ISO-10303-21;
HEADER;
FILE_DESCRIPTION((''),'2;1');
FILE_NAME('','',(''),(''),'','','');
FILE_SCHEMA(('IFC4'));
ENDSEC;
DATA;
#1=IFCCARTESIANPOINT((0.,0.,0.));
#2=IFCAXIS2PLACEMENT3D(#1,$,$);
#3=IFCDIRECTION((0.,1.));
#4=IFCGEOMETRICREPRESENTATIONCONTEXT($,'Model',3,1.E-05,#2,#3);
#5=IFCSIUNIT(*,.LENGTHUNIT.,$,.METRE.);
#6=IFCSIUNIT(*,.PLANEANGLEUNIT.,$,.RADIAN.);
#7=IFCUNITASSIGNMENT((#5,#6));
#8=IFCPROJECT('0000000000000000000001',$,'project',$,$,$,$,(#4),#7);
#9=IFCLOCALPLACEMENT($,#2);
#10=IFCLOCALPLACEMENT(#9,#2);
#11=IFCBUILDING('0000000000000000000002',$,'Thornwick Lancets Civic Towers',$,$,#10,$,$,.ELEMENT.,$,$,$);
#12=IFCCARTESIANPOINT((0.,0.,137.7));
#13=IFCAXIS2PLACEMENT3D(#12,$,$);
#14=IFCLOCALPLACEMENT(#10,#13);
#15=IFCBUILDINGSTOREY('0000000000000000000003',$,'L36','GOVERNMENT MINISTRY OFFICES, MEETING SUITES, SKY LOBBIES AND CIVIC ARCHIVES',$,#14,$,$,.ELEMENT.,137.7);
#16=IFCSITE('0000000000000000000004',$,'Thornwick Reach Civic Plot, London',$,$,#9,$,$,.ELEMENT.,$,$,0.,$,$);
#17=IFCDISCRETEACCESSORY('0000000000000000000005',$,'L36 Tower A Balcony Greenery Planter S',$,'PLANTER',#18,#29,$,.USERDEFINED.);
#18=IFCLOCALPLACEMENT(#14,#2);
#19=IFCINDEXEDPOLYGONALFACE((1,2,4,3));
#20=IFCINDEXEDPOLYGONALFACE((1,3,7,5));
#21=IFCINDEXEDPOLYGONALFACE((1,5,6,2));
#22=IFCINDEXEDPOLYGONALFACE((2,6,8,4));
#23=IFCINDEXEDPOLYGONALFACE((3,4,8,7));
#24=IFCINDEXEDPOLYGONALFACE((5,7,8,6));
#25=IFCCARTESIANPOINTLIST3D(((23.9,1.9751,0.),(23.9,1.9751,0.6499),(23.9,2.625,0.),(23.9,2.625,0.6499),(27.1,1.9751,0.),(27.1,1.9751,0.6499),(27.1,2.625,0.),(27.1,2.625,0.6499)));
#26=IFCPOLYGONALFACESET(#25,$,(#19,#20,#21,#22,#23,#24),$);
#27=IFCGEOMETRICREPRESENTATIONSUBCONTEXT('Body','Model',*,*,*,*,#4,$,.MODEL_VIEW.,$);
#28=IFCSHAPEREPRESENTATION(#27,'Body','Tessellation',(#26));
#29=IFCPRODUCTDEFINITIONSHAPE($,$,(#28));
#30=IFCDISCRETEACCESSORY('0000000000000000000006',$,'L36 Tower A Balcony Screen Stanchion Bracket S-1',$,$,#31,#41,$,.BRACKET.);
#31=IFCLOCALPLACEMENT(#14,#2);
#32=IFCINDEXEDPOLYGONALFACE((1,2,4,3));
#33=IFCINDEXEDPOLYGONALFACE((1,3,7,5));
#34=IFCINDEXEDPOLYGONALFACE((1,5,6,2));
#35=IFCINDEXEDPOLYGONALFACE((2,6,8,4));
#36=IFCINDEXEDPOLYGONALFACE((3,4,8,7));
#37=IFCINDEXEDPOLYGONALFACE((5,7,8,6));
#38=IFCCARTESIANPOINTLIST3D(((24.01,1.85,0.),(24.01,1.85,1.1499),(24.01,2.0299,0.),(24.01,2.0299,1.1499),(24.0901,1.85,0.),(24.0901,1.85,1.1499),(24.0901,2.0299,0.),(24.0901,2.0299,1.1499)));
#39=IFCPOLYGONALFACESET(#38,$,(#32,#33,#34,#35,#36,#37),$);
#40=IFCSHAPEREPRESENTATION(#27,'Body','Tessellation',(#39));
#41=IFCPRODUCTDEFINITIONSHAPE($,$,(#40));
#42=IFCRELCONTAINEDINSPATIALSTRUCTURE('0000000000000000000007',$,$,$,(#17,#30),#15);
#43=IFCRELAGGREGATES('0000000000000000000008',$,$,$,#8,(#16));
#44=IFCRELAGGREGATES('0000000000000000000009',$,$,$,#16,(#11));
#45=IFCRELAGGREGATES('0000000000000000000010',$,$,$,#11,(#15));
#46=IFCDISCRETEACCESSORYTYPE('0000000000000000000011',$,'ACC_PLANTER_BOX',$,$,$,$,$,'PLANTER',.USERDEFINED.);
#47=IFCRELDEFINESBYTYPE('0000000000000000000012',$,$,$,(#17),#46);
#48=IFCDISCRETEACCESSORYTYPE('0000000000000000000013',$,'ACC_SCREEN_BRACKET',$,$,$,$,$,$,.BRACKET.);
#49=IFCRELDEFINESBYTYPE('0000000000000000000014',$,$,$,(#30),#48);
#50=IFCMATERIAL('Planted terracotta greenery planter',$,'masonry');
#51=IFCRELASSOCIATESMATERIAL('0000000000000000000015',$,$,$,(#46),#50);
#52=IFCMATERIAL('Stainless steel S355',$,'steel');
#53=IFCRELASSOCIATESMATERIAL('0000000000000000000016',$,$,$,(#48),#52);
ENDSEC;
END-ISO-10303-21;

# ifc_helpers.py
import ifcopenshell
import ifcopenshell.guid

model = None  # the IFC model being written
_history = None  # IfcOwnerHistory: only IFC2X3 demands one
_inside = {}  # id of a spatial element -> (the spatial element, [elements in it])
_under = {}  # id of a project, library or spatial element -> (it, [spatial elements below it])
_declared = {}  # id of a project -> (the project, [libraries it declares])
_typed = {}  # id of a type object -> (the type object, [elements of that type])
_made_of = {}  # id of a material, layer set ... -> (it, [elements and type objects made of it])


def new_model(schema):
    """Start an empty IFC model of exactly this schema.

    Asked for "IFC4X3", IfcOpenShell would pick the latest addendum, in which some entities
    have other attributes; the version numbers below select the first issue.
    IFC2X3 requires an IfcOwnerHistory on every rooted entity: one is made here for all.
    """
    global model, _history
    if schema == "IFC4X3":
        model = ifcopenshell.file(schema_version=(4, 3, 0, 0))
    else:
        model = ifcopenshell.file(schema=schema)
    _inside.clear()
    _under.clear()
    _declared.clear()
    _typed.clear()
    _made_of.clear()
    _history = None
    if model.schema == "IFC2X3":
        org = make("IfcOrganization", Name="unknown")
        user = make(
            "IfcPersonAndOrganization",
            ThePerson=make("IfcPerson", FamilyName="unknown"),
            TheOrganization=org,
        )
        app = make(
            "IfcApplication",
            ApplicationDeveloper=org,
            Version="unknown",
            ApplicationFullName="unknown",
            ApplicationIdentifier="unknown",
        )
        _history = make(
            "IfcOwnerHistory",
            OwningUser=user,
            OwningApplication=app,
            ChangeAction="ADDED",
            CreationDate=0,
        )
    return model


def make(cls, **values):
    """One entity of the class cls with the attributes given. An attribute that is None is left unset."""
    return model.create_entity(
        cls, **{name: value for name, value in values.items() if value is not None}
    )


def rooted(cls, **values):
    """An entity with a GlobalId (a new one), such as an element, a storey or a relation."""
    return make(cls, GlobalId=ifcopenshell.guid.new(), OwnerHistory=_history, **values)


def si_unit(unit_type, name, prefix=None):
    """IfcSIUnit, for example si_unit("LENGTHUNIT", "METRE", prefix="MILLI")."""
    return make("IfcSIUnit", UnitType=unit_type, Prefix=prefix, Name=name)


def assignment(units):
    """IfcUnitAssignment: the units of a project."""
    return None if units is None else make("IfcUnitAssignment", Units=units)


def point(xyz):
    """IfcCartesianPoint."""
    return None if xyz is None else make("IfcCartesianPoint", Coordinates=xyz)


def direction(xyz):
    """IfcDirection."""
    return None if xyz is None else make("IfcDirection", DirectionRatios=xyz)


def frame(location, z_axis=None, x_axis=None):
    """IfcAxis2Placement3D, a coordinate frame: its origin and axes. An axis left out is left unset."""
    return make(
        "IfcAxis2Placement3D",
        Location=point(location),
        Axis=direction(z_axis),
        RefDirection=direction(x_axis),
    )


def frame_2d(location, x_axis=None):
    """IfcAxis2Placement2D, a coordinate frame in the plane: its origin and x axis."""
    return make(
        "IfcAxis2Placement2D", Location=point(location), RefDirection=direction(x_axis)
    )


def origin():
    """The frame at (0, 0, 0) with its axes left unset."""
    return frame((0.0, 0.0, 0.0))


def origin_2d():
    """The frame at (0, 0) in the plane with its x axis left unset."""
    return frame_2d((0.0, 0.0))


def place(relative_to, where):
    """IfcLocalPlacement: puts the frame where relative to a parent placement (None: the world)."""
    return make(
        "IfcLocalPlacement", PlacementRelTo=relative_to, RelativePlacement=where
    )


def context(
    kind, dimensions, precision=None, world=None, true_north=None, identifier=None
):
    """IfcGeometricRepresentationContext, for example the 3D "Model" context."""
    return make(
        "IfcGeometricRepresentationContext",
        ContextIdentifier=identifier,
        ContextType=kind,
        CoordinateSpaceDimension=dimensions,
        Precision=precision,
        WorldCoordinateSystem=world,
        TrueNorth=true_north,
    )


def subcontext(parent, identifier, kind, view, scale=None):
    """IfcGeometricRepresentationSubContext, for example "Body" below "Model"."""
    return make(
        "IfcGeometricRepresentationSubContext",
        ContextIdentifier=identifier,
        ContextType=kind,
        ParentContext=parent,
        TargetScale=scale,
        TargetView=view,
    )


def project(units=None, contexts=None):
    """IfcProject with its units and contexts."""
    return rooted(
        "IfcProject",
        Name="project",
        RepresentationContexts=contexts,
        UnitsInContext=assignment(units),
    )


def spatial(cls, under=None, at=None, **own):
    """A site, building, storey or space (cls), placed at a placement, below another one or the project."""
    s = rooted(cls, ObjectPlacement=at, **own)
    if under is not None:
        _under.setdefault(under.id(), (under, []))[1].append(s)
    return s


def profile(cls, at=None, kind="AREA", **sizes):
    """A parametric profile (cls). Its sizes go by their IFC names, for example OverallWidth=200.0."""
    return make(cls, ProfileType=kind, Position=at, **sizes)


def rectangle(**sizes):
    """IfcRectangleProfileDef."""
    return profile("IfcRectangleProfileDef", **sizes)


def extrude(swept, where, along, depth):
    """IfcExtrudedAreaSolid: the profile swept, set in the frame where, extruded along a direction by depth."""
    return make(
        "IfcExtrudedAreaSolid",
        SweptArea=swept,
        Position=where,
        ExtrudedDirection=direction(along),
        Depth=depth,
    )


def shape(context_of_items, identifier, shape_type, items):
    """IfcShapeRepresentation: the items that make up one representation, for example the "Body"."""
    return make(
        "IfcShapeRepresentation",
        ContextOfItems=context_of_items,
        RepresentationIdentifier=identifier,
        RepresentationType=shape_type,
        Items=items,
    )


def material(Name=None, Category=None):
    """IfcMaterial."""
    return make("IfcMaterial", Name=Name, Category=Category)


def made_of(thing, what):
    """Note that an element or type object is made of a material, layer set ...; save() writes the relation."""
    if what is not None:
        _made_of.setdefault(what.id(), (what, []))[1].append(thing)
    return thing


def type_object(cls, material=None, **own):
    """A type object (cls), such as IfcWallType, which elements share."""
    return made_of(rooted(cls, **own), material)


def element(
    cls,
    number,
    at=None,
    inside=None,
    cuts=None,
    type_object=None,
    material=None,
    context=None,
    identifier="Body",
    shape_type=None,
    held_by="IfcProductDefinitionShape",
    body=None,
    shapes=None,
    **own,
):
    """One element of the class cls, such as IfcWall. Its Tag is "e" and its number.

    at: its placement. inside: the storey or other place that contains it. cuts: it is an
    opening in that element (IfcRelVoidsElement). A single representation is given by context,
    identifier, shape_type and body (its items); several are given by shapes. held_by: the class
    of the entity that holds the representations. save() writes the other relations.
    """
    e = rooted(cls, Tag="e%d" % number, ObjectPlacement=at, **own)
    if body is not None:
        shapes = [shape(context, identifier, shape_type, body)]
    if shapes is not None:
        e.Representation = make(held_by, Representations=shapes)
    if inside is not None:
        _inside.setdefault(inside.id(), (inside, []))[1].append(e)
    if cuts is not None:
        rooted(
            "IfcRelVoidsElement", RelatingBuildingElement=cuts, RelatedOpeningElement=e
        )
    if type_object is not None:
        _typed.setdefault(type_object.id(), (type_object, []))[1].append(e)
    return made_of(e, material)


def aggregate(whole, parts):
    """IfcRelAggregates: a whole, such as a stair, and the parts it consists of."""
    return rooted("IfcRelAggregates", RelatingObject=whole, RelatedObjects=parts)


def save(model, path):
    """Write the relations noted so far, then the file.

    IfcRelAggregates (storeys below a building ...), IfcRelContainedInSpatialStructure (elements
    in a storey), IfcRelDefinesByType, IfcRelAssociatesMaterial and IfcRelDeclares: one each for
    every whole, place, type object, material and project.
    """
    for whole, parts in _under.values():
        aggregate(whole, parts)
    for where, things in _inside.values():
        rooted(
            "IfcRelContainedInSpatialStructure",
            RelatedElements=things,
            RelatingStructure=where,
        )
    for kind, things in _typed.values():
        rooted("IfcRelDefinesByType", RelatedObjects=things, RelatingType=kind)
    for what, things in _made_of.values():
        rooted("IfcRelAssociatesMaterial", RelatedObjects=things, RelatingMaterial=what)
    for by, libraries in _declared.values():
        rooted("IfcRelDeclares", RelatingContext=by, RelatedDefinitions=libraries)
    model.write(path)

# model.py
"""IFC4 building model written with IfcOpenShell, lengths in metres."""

from ifc_helpers import new_model, si_unit, direction, frame, origin, origin_2d, place, context, subcontext, project, spatial, rectangle, extrude, material, type_object, element, save


model = new_model("IFC4")

# Units and contexts
model_context = context("Model", 3, precision=1e-05, world=origin(), true_north=direction((0.0, 1.0)))
body_context = subcontext(model_context, "Body", "Model", "MODEL_VIEW")
ifc_project = project(units=[si_unit("LENGTHUNIT", "METRE"), si_unit("PLANEANGLEUNIT", "RADIAN")], contexts=[model_context])

# Site, building, storey
site_placement = place(None, origin())
site = spatial("IfcSite", under=ifc_project, at=site_placement, Name="Thornwick Reach Civic Plot, London", CompositionType="ELEMENT", RefElevation=0.0)
building_placement = place(site_placement, origin())
building = spatial("IfcBuilding", under=site, at=building_placement, Name="Thornwick Lancets Civic Towers", CompositionType="ELEMENT")
storey_placement = place(building_placement, frame((0.0, 0.0, 137.7)))
storey = spatial("IfcBuildingStorey", under=building, at=storey_placement, Name="L36", Description="GOVERNMENT MINISTRY OFFICES, MEETING SUITES, SKY LOBBIES AND CIVIC ARCHIVES", CompositionType="ELEMENT", Elevation=137.7)

# Discrete accessories
ifc_material_1 = material(Name="Planted terracotta greenery planter", Category="masonry")
discrete_accessory_type_1 = type_object("IfcDiscreteAccessoryType", Name="ACC_PLANTER_BOX", ElementType="PLANTER", PredefinedType="USERDEFINED", material=ifc_material_1)
discrete_accessory_1_placement = place(storey_placement, frame((25.5, 2.3, 0.0), z_axis=(0.0, 0.0, 1.0), x_axis=(1.0, 0.0, 0.0)))
element("IfcDiscreteAccessory", 1, at=discrete_accessory_1_placement, inside=storey, type_object=discrete_accessory_type_1, Name="L36 Tower A Balcony Greenery Planter S", ObjectType="PLANTER", PredefinedType="USERDEFINED", context=body_context, shape_type="SweptSolid", body=[
    extrude(rectangle(XDim=3.2, YDim=0.6499, at=origin_2d()), origin(), (0.0, 0.0, 1.0), 0.6499),
])
ifc_material_2 = material(Name="Stainless steel S355", Category="steel")
discrete_accessory_type_2 = type_object("IfcDiscreteAccessoryType", Name="ACC_SCREEN_BRACKET", PredefinedType="BRACKET", material=ifc_material_2)
discrete_accessory_2_placement = place(storey_placement, frame((24.05, 1.9399, 0.0), z_axis=(0.0, 0.0, 1.0), x_axis=(1.0, 0.0, 0.0)))
element("IfcDiscreteAccessory", 2, at=discrete_accessory_2_placement, inside=storey, type_object=discrete_accessory_type_2, Name="L36 Tower A Balcony Screen Stanchion Bracket S-1", PredefinedType="BRACKET", context=body_context, shape_type="SweptSolid", body=[
    extrude(rectangle(XDim=0.0801, YDim=0.1799, at=origin_2d()), origin(), (0.0, 0.0, 1.0), 1.1499),
])

save(model, "model.ifc")
